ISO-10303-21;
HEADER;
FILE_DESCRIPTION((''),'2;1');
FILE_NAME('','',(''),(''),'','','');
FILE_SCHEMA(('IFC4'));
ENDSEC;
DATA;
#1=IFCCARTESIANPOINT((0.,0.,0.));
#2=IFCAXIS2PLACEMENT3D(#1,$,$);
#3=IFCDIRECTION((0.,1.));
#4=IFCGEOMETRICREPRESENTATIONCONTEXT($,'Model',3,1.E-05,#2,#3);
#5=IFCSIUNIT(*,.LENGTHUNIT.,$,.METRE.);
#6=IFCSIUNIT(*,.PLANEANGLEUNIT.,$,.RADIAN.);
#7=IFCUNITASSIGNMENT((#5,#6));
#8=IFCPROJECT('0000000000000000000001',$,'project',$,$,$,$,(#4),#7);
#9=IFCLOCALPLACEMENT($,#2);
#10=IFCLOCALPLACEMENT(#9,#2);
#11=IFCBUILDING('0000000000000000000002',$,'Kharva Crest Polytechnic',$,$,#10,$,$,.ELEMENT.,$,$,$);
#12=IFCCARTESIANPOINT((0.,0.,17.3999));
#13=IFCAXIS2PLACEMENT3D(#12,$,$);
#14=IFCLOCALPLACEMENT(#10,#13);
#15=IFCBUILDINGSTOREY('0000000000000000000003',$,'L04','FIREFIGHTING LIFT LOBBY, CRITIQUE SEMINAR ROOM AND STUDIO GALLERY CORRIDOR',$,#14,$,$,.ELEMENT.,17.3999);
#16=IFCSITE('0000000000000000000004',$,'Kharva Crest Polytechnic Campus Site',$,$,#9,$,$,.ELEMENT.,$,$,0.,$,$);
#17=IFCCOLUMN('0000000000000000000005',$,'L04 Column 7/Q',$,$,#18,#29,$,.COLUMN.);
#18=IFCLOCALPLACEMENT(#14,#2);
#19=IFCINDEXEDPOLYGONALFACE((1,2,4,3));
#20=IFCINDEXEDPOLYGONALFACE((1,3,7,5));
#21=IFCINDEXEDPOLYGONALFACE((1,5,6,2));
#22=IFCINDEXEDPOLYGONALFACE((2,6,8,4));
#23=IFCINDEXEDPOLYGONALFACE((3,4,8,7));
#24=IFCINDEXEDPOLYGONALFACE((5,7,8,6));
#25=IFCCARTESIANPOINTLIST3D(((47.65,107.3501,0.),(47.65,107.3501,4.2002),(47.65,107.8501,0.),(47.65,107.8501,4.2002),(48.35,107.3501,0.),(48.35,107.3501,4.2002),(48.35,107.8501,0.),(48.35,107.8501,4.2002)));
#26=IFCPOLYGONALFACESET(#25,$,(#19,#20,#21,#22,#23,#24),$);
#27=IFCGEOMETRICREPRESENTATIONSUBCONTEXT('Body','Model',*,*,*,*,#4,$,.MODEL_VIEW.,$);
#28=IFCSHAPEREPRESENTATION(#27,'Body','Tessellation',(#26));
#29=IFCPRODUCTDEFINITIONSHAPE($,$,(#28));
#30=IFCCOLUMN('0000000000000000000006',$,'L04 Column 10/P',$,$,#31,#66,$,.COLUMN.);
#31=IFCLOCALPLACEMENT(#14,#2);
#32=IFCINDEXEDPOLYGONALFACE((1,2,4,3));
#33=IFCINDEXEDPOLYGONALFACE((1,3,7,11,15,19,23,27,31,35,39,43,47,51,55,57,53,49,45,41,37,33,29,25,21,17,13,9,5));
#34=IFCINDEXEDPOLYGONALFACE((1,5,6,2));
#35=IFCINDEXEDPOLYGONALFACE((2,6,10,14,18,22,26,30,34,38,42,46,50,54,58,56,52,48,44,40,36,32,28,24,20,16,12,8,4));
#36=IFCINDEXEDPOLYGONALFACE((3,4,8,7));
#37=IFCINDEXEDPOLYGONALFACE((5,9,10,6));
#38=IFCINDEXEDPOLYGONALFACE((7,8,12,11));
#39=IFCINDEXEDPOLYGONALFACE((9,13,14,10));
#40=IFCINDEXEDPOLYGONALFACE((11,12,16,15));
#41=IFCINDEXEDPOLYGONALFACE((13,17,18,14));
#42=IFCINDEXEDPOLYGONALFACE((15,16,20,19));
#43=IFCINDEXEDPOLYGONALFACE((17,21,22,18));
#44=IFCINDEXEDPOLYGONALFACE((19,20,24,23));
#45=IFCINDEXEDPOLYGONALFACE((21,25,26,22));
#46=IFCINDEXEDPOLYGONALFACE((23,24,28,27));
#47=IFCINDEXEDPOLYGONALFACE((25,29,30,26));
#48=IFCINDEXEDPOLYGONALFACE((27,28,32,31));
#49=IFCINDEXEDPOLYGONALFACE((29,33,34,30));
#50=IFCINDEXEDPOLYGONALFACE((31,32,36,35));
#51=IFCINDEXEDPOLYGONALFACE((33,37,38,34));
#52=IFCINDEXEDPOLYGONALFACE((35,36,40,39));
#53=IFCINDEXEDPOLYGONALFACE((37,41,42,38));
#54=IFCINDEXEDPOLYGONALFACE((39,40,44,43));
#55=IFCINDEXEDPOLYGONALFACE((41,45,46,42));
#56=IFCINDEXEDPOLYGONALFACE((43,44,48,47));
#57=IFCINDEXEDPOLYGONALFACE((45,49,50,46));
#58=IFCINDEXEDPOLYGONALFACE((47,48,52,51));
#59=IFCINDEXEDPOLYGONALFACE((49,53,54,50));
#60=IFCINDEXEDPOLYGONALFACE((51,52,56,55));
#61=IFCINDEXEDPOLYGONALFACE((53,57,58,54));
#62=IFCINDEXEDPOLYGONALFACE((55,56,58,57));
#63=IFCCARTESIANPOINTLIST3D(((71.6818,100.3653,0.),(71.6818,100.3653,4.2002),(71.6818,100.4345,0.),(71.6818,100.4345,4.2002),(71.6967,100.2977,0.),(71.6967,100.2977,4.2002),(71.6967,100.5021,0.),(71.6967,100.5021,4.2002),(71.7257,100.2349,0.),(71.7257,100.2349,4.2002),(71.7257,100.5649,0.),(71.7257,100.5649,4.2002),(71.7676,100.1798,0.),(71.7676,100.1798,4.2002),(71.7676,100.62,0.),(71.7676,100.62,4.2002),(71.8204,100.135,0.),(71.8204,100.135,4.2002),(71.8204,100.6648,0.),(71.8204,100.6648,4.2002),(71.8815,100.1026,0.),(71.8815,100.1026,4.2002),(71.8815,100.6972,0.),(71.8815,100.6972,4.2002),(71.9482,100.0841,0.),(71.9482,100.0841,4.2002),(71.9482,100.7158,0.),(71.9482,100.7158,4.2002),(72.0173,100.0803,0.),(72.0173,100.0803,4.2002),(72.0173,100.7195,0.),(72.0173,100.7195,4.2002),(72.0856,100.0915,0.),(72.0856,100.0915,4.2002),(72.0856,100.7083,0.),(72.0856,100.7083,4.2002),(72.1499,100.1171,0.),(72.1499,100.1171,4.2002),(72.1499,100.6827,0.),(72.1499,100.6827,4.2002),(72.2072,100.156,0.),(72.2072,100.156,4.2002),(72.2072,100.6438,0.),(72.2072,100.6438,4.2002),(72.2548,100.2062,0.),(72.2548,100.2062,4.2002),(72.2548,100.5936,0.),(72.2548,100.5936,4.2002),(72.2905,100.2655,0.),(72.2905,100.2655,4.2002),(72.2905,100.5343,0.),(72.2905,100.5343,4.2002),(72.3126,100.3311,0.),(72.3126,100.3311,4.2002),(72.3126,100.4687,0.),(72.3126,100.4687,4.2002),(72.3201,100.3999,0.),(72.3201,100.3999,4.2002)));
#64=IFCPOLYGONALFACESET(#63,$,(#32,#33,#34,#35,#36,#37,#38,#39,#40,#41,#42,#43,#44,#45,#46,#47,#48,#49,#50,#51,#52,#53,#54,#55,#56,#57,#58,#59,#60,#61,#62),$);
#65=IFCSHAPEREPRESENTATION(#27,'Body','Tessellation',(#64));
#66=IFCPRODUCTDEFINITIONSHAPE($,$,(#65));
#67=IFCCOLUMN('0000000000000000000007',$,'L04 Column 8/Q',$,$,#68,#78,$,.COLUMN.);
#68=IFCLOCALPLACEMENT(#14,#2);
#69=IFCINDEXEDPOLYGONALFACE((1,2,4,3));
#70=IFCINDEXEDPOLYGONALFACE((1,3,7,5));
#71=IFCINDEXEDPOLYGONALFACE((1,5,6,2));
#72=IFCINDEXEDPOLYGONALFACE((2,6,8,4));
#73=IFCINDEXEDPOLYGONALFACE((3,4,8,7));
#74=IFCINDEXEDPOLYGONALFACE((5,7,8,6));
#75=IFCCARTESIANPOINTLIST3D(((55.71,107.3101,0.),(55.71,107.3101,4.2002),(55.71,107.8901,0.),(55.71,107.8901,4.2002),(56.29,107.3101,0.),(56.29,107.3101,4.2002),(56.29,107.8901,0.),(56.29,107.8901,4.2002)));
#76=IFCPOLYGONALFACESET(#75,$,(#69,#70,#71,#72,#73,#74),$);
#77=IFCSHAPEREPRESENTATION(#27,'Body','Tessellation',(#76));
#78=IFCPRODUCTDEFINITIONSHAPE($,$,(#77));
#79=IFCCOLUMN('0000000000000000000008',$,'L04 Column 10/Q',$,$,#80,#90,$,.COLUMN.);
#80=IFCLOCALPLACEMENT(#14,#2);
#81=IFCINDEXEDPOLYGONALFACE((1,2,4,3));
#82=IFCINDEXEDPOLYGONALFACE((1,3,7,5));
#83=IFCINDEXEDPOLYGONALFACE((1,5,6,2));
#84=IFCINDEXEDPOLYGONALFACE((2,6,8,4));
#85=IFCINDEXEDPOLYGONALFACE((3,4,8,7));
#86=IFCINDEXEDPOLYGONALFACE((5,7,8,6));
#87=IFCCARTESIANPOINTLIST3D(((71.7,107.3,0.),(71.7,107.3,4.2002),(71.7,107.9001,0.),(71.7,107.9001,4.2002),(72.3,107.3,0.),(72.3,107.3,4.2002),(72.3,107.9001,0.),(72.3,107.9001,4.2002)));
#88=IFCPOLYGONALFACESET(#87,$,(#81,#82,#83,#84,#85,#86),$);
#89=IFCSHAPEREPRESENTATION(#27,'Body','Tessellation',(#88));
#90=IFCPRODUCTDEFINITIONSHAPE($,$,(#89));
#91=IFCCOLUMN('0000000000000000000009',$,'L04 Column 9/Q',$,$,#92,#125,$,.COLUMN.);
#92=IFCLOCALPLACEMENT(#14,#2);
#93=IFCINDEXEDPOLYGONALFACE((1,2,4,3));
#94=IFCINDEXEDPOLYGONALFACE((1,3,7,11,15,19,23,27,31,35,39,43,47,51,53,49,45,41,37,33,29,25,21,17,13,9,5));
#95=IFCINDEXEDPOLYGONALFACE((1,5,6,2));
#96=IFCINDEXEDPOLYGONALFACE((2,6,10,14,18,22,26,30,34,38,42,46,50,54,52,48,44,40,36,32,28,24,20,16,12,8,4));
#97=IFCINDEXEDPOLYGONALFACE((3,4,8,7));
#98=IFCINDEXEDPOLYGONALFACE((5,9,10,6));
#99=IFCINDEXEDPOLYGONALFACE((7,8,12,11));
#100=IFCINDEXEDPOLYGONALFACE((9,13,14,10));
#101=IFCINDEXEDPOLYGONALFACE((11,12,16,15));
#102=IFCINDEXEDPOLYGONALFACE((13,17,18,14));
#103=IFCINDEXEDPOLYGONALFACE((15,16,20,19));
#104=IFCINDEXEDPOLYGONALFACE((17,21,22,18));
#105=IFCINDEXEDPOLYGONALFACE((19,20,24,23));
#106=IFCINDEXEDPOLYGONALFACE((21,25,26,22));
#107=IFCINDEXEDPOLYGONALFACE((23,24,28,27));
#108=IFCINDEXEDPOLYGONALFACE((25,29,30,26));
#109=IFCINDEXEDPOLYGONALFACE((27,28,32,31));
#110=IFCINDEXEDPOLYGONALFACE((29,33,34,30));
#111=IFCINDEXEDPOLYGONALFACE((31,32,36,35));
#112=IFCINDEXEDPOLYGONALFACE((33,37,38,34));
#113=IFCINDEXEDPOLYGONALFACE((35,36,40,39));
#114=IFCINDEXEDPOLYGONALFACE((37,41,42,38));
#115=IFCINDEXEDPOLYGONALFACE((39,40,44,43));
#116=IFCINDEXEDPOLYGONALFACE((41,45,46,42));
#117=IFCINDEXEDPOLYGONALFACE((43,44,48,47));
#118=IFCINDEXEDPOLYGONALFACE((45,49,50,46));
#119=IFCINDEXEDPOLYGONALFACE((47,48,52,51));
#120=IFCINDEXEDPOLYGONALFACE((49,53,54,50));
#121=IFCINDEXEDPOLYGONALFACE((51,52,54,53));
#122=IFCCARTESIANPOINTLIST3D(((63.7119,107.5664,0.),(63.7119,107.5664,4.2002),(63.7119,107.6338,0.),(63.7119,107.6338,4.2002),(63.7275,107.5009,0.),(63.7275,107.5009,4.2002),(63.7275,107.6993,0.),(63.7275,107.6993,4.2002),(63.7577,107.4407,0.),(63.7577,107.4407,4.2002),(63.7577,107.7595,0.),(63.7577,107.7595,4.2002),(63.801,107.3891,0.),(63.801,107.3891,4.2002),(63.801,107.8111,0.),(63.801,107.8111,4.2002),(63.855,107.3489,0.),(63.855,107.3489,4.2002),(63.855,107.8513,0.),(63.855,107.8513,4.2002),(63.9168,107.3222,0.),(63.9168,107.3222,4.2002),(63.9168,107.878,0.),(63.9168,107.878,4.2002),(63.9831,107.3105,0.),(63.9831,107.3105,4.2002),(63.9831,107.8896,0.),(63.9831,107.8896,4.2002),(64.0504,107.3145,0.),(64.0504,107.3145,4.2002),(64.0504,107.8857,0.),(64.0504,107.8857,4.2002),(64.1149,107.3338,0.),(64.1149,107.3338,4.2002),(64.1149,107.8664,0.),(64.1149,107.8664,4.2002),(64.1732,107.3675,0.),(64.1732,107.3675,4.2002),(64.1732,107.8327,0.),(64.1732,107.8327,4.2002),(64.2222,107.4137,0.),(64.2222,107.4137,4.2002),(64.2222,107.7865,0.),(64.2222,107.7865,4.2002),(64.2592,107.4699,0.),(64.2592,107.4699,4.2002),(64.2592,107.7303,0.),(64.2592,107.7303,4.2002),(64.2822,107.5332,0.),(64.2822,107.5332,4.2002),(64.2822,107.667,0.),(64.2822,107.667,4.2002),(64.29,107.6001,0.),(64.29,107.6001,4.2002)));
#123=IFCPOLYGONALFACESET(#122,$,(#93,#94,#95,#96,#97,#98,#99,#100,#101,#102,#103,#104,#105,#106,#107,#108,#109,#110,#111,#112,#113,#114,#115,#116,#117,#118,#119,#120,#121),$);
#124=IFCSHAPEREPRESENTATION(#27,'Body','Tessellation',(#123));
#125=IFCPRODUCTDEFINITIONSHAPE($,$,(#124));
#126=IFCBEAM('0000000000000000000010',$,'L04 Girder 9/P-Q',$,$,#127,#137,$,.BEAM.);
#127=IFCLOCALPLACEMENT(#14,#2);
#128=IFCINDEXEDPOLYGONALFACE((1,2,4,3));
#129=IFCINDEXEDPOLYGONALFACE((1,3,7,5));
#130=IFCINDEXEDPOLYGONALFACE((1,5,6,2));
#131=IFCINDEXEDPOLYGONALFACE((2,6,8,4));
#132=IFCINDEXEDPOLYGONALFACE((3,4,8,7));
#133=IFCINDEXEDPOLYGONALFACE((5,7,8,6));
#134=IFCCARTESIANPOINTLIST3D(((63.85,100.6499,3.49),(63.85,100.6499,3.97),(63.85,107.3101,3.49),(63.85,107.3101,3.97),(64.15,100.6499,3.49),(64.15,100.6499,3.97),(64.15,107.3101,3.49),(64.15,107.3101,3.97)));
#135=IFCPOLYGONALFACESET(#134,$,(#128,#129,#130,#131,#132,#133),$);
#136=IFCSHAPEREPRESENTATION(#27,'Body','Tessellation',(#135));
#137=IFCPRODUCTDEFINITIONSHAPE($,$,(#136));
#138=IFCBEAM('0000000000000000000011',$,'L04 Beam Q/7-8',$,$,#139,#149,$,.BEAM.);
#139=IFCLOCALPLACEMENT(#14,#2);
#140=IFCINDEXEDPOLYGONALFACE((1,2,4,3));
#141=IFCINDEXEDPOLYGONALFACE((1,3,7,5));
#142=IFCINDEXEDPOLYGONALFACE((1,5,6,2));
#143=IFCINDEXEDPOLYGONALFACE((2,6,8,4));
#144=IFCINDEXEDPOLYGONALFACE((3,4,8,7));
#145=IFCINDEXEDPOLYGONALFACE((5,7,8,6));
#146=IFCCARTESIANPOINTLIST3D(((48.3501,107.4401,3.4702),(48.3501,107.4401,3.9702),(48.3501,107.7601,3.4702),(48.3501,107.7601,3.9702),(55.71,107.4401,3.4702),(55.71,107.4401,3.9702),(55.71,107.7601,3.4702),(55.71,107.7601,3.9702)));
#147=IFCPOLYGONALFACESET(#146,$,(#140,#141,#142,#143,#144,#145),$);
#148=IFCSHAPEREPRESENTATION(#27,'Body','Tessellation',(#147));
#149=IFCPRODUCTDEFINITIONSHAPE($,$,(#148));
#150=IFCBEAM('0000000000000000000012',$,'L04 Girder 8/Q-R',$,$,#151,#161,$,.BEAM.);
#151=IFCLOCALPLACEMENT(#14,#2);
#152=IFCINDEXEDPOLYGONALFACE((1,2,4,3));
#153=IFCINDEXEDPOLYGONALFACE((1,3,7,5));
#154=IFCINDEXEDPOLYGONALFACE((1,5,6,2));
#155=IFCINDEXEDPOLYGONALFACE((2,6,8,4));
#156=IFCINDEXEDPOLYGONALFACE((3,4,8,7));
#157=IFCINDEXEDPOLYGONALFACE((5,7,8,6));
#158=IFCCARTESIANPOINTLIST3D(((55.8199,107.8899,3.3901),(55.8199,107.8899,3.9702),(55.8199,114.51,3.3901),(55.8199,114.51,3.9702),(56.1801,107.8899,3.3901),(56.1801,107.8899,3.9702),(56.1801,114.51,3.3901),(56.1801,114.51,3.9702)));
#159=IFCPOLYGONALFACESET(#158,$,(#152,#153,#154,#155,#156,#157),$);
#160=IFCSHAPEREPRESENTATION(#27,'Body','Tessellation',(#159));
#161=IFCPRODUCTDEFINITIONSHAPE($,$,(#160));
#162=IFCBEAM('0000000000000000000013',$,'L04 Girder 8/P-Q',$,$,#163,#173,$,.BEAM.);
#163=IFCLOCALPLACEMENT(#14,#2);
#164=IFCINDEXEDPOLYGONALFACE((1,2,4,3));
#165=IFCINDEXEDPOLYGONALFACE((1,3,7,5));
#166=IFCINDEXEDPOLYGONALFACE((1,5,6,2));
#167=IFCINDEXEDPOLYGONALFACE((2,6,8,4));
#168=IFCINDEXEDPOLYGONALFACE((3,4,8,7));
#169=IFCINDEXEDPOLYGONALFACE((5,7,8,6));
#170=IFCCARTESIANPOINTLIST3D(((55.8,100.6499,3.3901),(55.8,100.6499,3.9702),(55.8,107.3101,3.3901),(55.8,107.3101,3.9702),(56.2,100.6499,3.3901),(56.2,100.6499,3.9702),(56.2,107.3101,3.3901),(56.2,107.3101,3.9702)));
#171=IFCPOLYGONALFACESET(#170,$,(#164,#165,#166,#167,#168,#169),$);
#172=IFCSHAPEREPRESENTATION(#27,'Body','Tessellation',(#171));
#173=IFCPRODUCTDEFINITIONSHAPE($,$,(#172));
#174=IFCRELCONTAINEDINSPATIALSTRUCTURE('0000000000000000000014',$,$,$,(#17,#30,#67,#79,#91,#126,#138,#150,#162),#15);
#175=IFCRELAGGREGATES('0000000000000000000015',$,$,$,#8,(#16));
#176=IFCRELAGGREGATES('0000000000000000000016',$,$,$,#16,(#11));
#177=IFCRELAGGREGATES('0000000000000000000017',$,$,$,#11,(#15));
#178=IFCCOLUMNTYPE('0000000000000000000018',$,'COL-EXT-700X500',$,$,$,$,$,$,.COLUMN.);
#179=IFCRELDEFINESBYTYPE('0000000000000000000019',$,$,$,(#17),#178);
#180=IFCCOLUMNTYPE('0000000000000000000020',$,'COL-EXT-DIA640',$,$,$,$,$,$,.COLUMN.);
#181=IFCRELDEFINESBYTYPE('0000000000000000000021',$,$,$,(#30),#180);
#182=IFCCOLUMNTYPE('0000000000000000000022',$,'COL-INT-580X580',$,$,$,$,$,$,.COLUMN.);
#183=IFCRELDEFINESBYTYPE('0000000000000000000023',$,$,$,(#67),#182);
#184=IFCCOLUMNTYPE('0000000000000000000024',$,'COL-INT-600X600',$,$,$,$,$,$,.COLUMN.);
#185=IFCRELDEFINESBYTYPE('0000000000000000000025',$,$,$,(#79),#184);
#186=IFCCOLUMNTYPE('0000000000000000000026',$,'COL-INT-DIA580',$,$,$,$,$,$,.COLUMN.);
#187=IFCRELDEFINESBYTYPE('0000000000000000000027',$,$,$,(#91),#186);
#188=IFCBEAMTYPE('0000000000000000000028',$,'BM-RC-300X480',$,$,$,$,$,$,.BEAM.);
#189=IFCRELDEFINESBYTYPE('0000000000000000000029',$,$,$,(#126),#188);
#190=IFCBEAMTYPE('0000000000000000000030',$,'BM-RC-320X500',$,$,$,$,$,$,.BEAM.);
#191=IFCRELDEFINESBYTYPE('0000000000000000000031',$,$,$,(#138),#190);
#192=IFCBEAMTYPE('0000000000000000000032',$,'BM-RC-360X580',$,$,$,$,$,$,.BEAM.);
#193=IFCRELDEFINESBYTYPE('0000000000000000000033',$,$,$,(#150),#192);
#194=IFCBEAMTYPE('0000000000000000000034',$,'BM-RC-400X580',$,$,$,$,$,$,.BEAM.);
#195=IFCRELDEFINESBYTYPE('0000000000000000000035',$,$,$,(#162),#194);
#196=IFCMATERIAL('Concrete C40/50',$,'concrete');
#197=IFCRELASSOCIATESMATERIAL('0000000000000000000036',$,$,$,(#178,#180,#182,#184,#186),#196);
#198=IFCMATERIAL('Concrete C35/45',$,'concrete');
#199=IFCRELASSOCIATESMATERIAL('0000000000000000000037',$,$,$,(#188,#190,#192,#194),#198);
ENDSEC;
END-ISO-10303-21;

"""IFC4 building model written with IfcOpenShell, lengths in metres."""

from ifc_helpers import new_model, si_unit, direction, frame, origin, origin_2d, place, context, subcontext, project, spatial, rectangle, circle, extrude, material, material_profile, profile_set, type_object, element, save


model = new_model("IFC4")

# Units and contexts
model_context = context("Model", 3, precision=1e-05, world=origin(), true_north=direction((0.0, 1.0)))
body_context = subcontext(model_context, "Body", "Model", "MODEL_VIEW")
ifc_project = project(units=[si_unit("LENGTHUNIT", "METRE"), si_unit("PLANEANGLEUNIT", "RADIAN")], contexts=[model_context])

# Site, building, storey
site_placement = place(None, origin())
site = spatial("IfcSite", under=ifc_project, at=site_placement, Name="Kharva Crest Polytechnic Campus Site", CompositionType="ELEMENT", RefElevation=0.0)
building_placement = place(site_placement, origin())
building = spatial("IfcBuilding", under=site, at=building_placement, Name="Kharva Crest Polytechnic", CompositionType="ELEMENT")
storey_placement = place(building_placement, frame((0.0, 0.0, 17.3999)))
storey = spatial("IfcBuildingStorey", under=building, at=storey_placement, Name="L04", Description="FIREFIGHTING LIFT LOBBY, CRITIQUE SEMINAR ROOM AND STUDIO GALLERY CORRIDOR", CompositionType="ELEMENT", Elevation=17.3999)

# Columns
ifc_material_1 = material(Name="Concrete C40/50", Category="concrete")
ifc_material_profile_1 = material_profile(ifc_material_1, rectangle(XDim=0.7, YDim=0.5, at=origin_2d()), Name="RECT 700 X 500")
ifc_profile_set_1 = profile_set([ifc_material_profile_1], Name="Concrete C40/50")
column_type_1 = type_object("IfcColumnType", Name="COL-EXT-700X500", PredefinedType="COLUMN", material=ifc_profile_set_1)
column_1_placement = place(storey_placement, frame((48.0, 107.6001, 0.0), z_axis=(0.0, 0.0, 1.0), x_axis=(1.0, 0.0, 0.0)))
element("IfcColumn", 1, at=column_1_placement, inside=storey, type_object=column_type_1, Name="L04 Column 7/Q", PredefinedType="COLUMN", context=body_context, shape_type="SweptSolid", body=[
    extrude(rectangle(XDim=0.7, YDim=0.5, at=origin_2d()), origin(), (0.0, 0.0, 1.0), 4.2002),
])
ifc_material_profile_2 = material_profile(ifc_material_1, circle(Radius=0.3201, at=origin_2d()), Name="DIA 640")
ifc_profile_set_2 = profile_set([ifc_material_profile_2], Name="Concrete C40/50")
column_type_2 = type_object("IfcColumnType", Name="COL-EXT-DIA640", PredefinedType="COLUMN", material=ifc_profile_set_2)
column_2_placement = place(storey_placement, frame((72.0, 100.3999, 0.0), z_axis=(0.0, 0.0, 1.0), x_axis=(1.0, 0.0, 0.0)))
element("IfcColumn", 2, at=column_2_placement, inside=storey, type_object=column_type_2, Name="L04 Column 10/P", PredefinedType="COLUMN", context=body_context, shape_type="SweptSolid", body=[
    extrude(circle(Radius=0.3201, at=origin_2d()), origin(), (0.0, 0.0, 1.0), 4.2002),
])
ifc_material_profile_3 = material_profile(ifc_material_1, rectangle(XDim=0.5801, YDim=0.5801, at=origin_2d()), Name="RECT 580 X 580")
ifc_profile_set_3 = profile_set([ifc_material_profile_3], Name="Concrete C40/50")
column_type_3 = type_object("IfcColumnType", Name="COL-INT-580X580", PredefinedType="COLUMN", material=ifc_profile_set_3)
column_3_placement = place(storey_placement, frame((56.0, 107.6001, 0.0), z_axis=(0.0, 0.0, 1.0), x_axis=(1.0, 0.0, 0.0)))
element("IfcColumn", 3, at=column_3_placement, inside=storey, type_object=column_type_3, Name="L04 Column 8/Q", PredefinedType="COLUMN", context=body_context, shape_type="SweptSolid", body=[
    extrude(rectangle(XDim=0.5801, YDim=0.5801, at=origin_2d()), origin(), (0.0, 0.0, 1.0), 4.2002),
])
ifc_material_profile_4 = material_profile(ifc_material_1, rectangle(XDim=0.6001, YDim=0.6001, at=origin_2d()), Name="RECT 600 X 600")
ifc_profile_set_4 = profile_set([ifc_material_profile_4], Name="Concrete C40/50")
column_type_4 = type_object("IfcColumnType", Name="COL-INT-600X600", PredefinedType="COLUMN", material=ifc_profile_set_4)
column_4_placement = place(storey_placement, frame((72.0, 107.6001, 0.0), z_axis=(0.0, 0.0, 1.0), x_axis=(1.0, 0.0, 0.0)))
element("IfcColumn", 4, at=column_4_placement, inside=storey, type_object=column_type_4, Name="L04 Column 10/Q", PredefinedType="COLUMN", context=body_context, shape_type="SweptSolid", body=[
    extrude(rectangle(XDim=0.6001, YDim=0.6001, at=origin_2d()), origin(), (0.0, 0.0, 1.0), 4.2002),
])
ifc_material_profile_5 = material_profile(ifc_material_1, circle(Radius=0.29, at=origin_2d()), Name="DIA 580")
ifc_profile_set_5 = profile_set([ifc_material_profile_5], Name="Concrete C40/50")
column_type_5 = type_object("IfcColumnType", Name="COL-INT-DIA580", PredefinedType="COLUMN", material=ifc_profile_set_5)
column_5_placement = place(storey_placement, frame((64.0, 107.6001, 0.0), z_axis=(0.0, 0.0, 1.0), x_axis=(1.0, 0.0, 0.0)))
element("IfcColumn", 5, at=column_5_placement, inside=storey, type_object=column_type_5, Name="L04 Column 9/Q", PredefinedType="COLUMN", context=body_context, shape_type="SweptSolid", body=[
    extrude(circle(Radius=0.29, at=origin_2d()), origin(), (0.0, 0.0, 1.0), 4.2002),
])

# Beams
ifc_material_2 = material(Name="Concrete C35/45", Category="concrete")
ifc_material_profile_6 = material_profile(ifc_material_2, rectangle(XDim=0.3, YDim=0.48, at=origin_2d()), Name="RECT 300 X 480")
ifc_profile_set_6 = profile_set([ifc_material_profile_6], Name="Concrete C35/45")
beam_type_1 = type_object("IfcBeamType", Name="BM-RC-300X480", PredefinedType="BEAM", material=ifc_profile_set_6)
beam_1_placement = place(storey_placement, frame((64.0, 100.6499, 3.73), z_axis=(0.0, 1.0, 0.0), x_axis=(-1.0, 0.0, 0.0)))
element("IfcBeam", 6, at=beam_1_placement, inside=storey, type_object=beam_type_1, Name="L04 Girder 9/P-Q", PredefinedType="BEAM", context=body_context, shape_type="SweptSolid", body=[
    extrude(rectangle(XDim=0.3, YDim=0.48, at=origin_2d()), origin(), (0.0, 0.0, 1.0), 6.6602),
])
ifc_material_profile_7 = material_profile(ifc_material_2, rectangle(XDim=0.3201, YDim=0.5, at=origin_2d()), Name="RECT 320 X 500")
ifc_profile_set_7 = profile_set([ifc_material_profile_7], Name="Concrete C35/45")
beam_type_2 = type_object("IfcBeamType", Name="BM-RC-320X500", PredefinedType="BEAM", material=ifc_profile_set_7)
beam_2_placement = place(storey_placement, frame((48.3501, 107.6001, 3.7202), z_axis=(1.0, 0.0, 0.0), x_axis=(0.0, 1.0, 0.0)))
element("IfcBeam", 7, at=beam_2_placement, inside=storey, type_object=beam_type_2, Name="L04 Beam Q/7-8", PredefinedType="BEAM", context=body_context, shape_type="SweptSolid", body=[
    extrude(rectangle(XDim=0.3201, YDim=0.5, at=origin_2d()), origin(), (0.0, 0.0, 1.0), 7.3599),
])
ifc_material_profile_8 = material_profile(ifc_material_2, rectangle(XDim=0.3601, YDim=0.5801, at=origin_2d()), Name="RECT 360 X 580")
ifc_profile_set_8 = profile_set([ifc_material_profile_8], Name="Concrete C35/45")
beam_type_3 = type_object("IfcBeamType", Name="BM-RC-360X580", PredefinedType="BEAM", material=ifc_profile_set_8)
beam_3_placement = place(storey_placement, frame((56.0, 107.8899, 3.6802), z_axis=(0.0, 1.0, 0.0), x_axis=(-1.0, 0.0, 0.0)))
element("IfcBeam", 8, at=beam_3_placement, inside=storey, type_object=beam_type_3, Name="L04 Girder 8/Q-R", PredefinedType="BEAM", context=body_context, shape_type="SweptSolid", body=[
    extrude(rectangle(XDim=0.3601, YDim=0.5801, at=origin_2d()), origin(), (0.0, 0.0, 1.0), 6.6201),
])
ifc_material_profile_9 = material_profile(ifc_material_2, rectangle(XDim=0.3999, YDim=0.5801, at=origin_2d()), Name="RECT 400 X 580")
ifc_profile_set_9 = profile_set([ifc_material_profile_9], Name="Concrete C35/45")
beam_type_4 = type_object("IfcBeamType", Name="BM-RC-400X580", PredefinedType="BEAM", material=ifc_profile_set_9)
beam_4_placement = place(storey_placement, frame((56.0, 100.6499, 3.6802), z_axis=(0.0, 1.0, 0.0), x_axis=(-1.0, 0.0, 0.0)))
element("IfcBeam", 9, at=beam_4_placement, inside=storey, type_object=beam_type_4, Name="L04 Girder 8/P-Q", PredefinedType="BEAM", context=body_context, shape_type="SweptSolid", body=[
    extrude(rectangle(XDim=0.3999, YDim=0.5801, at=origin_2d()), origin(), (0.0, 0.0, 1.0), 6.6602),
])

save(model, "model.ifc")
